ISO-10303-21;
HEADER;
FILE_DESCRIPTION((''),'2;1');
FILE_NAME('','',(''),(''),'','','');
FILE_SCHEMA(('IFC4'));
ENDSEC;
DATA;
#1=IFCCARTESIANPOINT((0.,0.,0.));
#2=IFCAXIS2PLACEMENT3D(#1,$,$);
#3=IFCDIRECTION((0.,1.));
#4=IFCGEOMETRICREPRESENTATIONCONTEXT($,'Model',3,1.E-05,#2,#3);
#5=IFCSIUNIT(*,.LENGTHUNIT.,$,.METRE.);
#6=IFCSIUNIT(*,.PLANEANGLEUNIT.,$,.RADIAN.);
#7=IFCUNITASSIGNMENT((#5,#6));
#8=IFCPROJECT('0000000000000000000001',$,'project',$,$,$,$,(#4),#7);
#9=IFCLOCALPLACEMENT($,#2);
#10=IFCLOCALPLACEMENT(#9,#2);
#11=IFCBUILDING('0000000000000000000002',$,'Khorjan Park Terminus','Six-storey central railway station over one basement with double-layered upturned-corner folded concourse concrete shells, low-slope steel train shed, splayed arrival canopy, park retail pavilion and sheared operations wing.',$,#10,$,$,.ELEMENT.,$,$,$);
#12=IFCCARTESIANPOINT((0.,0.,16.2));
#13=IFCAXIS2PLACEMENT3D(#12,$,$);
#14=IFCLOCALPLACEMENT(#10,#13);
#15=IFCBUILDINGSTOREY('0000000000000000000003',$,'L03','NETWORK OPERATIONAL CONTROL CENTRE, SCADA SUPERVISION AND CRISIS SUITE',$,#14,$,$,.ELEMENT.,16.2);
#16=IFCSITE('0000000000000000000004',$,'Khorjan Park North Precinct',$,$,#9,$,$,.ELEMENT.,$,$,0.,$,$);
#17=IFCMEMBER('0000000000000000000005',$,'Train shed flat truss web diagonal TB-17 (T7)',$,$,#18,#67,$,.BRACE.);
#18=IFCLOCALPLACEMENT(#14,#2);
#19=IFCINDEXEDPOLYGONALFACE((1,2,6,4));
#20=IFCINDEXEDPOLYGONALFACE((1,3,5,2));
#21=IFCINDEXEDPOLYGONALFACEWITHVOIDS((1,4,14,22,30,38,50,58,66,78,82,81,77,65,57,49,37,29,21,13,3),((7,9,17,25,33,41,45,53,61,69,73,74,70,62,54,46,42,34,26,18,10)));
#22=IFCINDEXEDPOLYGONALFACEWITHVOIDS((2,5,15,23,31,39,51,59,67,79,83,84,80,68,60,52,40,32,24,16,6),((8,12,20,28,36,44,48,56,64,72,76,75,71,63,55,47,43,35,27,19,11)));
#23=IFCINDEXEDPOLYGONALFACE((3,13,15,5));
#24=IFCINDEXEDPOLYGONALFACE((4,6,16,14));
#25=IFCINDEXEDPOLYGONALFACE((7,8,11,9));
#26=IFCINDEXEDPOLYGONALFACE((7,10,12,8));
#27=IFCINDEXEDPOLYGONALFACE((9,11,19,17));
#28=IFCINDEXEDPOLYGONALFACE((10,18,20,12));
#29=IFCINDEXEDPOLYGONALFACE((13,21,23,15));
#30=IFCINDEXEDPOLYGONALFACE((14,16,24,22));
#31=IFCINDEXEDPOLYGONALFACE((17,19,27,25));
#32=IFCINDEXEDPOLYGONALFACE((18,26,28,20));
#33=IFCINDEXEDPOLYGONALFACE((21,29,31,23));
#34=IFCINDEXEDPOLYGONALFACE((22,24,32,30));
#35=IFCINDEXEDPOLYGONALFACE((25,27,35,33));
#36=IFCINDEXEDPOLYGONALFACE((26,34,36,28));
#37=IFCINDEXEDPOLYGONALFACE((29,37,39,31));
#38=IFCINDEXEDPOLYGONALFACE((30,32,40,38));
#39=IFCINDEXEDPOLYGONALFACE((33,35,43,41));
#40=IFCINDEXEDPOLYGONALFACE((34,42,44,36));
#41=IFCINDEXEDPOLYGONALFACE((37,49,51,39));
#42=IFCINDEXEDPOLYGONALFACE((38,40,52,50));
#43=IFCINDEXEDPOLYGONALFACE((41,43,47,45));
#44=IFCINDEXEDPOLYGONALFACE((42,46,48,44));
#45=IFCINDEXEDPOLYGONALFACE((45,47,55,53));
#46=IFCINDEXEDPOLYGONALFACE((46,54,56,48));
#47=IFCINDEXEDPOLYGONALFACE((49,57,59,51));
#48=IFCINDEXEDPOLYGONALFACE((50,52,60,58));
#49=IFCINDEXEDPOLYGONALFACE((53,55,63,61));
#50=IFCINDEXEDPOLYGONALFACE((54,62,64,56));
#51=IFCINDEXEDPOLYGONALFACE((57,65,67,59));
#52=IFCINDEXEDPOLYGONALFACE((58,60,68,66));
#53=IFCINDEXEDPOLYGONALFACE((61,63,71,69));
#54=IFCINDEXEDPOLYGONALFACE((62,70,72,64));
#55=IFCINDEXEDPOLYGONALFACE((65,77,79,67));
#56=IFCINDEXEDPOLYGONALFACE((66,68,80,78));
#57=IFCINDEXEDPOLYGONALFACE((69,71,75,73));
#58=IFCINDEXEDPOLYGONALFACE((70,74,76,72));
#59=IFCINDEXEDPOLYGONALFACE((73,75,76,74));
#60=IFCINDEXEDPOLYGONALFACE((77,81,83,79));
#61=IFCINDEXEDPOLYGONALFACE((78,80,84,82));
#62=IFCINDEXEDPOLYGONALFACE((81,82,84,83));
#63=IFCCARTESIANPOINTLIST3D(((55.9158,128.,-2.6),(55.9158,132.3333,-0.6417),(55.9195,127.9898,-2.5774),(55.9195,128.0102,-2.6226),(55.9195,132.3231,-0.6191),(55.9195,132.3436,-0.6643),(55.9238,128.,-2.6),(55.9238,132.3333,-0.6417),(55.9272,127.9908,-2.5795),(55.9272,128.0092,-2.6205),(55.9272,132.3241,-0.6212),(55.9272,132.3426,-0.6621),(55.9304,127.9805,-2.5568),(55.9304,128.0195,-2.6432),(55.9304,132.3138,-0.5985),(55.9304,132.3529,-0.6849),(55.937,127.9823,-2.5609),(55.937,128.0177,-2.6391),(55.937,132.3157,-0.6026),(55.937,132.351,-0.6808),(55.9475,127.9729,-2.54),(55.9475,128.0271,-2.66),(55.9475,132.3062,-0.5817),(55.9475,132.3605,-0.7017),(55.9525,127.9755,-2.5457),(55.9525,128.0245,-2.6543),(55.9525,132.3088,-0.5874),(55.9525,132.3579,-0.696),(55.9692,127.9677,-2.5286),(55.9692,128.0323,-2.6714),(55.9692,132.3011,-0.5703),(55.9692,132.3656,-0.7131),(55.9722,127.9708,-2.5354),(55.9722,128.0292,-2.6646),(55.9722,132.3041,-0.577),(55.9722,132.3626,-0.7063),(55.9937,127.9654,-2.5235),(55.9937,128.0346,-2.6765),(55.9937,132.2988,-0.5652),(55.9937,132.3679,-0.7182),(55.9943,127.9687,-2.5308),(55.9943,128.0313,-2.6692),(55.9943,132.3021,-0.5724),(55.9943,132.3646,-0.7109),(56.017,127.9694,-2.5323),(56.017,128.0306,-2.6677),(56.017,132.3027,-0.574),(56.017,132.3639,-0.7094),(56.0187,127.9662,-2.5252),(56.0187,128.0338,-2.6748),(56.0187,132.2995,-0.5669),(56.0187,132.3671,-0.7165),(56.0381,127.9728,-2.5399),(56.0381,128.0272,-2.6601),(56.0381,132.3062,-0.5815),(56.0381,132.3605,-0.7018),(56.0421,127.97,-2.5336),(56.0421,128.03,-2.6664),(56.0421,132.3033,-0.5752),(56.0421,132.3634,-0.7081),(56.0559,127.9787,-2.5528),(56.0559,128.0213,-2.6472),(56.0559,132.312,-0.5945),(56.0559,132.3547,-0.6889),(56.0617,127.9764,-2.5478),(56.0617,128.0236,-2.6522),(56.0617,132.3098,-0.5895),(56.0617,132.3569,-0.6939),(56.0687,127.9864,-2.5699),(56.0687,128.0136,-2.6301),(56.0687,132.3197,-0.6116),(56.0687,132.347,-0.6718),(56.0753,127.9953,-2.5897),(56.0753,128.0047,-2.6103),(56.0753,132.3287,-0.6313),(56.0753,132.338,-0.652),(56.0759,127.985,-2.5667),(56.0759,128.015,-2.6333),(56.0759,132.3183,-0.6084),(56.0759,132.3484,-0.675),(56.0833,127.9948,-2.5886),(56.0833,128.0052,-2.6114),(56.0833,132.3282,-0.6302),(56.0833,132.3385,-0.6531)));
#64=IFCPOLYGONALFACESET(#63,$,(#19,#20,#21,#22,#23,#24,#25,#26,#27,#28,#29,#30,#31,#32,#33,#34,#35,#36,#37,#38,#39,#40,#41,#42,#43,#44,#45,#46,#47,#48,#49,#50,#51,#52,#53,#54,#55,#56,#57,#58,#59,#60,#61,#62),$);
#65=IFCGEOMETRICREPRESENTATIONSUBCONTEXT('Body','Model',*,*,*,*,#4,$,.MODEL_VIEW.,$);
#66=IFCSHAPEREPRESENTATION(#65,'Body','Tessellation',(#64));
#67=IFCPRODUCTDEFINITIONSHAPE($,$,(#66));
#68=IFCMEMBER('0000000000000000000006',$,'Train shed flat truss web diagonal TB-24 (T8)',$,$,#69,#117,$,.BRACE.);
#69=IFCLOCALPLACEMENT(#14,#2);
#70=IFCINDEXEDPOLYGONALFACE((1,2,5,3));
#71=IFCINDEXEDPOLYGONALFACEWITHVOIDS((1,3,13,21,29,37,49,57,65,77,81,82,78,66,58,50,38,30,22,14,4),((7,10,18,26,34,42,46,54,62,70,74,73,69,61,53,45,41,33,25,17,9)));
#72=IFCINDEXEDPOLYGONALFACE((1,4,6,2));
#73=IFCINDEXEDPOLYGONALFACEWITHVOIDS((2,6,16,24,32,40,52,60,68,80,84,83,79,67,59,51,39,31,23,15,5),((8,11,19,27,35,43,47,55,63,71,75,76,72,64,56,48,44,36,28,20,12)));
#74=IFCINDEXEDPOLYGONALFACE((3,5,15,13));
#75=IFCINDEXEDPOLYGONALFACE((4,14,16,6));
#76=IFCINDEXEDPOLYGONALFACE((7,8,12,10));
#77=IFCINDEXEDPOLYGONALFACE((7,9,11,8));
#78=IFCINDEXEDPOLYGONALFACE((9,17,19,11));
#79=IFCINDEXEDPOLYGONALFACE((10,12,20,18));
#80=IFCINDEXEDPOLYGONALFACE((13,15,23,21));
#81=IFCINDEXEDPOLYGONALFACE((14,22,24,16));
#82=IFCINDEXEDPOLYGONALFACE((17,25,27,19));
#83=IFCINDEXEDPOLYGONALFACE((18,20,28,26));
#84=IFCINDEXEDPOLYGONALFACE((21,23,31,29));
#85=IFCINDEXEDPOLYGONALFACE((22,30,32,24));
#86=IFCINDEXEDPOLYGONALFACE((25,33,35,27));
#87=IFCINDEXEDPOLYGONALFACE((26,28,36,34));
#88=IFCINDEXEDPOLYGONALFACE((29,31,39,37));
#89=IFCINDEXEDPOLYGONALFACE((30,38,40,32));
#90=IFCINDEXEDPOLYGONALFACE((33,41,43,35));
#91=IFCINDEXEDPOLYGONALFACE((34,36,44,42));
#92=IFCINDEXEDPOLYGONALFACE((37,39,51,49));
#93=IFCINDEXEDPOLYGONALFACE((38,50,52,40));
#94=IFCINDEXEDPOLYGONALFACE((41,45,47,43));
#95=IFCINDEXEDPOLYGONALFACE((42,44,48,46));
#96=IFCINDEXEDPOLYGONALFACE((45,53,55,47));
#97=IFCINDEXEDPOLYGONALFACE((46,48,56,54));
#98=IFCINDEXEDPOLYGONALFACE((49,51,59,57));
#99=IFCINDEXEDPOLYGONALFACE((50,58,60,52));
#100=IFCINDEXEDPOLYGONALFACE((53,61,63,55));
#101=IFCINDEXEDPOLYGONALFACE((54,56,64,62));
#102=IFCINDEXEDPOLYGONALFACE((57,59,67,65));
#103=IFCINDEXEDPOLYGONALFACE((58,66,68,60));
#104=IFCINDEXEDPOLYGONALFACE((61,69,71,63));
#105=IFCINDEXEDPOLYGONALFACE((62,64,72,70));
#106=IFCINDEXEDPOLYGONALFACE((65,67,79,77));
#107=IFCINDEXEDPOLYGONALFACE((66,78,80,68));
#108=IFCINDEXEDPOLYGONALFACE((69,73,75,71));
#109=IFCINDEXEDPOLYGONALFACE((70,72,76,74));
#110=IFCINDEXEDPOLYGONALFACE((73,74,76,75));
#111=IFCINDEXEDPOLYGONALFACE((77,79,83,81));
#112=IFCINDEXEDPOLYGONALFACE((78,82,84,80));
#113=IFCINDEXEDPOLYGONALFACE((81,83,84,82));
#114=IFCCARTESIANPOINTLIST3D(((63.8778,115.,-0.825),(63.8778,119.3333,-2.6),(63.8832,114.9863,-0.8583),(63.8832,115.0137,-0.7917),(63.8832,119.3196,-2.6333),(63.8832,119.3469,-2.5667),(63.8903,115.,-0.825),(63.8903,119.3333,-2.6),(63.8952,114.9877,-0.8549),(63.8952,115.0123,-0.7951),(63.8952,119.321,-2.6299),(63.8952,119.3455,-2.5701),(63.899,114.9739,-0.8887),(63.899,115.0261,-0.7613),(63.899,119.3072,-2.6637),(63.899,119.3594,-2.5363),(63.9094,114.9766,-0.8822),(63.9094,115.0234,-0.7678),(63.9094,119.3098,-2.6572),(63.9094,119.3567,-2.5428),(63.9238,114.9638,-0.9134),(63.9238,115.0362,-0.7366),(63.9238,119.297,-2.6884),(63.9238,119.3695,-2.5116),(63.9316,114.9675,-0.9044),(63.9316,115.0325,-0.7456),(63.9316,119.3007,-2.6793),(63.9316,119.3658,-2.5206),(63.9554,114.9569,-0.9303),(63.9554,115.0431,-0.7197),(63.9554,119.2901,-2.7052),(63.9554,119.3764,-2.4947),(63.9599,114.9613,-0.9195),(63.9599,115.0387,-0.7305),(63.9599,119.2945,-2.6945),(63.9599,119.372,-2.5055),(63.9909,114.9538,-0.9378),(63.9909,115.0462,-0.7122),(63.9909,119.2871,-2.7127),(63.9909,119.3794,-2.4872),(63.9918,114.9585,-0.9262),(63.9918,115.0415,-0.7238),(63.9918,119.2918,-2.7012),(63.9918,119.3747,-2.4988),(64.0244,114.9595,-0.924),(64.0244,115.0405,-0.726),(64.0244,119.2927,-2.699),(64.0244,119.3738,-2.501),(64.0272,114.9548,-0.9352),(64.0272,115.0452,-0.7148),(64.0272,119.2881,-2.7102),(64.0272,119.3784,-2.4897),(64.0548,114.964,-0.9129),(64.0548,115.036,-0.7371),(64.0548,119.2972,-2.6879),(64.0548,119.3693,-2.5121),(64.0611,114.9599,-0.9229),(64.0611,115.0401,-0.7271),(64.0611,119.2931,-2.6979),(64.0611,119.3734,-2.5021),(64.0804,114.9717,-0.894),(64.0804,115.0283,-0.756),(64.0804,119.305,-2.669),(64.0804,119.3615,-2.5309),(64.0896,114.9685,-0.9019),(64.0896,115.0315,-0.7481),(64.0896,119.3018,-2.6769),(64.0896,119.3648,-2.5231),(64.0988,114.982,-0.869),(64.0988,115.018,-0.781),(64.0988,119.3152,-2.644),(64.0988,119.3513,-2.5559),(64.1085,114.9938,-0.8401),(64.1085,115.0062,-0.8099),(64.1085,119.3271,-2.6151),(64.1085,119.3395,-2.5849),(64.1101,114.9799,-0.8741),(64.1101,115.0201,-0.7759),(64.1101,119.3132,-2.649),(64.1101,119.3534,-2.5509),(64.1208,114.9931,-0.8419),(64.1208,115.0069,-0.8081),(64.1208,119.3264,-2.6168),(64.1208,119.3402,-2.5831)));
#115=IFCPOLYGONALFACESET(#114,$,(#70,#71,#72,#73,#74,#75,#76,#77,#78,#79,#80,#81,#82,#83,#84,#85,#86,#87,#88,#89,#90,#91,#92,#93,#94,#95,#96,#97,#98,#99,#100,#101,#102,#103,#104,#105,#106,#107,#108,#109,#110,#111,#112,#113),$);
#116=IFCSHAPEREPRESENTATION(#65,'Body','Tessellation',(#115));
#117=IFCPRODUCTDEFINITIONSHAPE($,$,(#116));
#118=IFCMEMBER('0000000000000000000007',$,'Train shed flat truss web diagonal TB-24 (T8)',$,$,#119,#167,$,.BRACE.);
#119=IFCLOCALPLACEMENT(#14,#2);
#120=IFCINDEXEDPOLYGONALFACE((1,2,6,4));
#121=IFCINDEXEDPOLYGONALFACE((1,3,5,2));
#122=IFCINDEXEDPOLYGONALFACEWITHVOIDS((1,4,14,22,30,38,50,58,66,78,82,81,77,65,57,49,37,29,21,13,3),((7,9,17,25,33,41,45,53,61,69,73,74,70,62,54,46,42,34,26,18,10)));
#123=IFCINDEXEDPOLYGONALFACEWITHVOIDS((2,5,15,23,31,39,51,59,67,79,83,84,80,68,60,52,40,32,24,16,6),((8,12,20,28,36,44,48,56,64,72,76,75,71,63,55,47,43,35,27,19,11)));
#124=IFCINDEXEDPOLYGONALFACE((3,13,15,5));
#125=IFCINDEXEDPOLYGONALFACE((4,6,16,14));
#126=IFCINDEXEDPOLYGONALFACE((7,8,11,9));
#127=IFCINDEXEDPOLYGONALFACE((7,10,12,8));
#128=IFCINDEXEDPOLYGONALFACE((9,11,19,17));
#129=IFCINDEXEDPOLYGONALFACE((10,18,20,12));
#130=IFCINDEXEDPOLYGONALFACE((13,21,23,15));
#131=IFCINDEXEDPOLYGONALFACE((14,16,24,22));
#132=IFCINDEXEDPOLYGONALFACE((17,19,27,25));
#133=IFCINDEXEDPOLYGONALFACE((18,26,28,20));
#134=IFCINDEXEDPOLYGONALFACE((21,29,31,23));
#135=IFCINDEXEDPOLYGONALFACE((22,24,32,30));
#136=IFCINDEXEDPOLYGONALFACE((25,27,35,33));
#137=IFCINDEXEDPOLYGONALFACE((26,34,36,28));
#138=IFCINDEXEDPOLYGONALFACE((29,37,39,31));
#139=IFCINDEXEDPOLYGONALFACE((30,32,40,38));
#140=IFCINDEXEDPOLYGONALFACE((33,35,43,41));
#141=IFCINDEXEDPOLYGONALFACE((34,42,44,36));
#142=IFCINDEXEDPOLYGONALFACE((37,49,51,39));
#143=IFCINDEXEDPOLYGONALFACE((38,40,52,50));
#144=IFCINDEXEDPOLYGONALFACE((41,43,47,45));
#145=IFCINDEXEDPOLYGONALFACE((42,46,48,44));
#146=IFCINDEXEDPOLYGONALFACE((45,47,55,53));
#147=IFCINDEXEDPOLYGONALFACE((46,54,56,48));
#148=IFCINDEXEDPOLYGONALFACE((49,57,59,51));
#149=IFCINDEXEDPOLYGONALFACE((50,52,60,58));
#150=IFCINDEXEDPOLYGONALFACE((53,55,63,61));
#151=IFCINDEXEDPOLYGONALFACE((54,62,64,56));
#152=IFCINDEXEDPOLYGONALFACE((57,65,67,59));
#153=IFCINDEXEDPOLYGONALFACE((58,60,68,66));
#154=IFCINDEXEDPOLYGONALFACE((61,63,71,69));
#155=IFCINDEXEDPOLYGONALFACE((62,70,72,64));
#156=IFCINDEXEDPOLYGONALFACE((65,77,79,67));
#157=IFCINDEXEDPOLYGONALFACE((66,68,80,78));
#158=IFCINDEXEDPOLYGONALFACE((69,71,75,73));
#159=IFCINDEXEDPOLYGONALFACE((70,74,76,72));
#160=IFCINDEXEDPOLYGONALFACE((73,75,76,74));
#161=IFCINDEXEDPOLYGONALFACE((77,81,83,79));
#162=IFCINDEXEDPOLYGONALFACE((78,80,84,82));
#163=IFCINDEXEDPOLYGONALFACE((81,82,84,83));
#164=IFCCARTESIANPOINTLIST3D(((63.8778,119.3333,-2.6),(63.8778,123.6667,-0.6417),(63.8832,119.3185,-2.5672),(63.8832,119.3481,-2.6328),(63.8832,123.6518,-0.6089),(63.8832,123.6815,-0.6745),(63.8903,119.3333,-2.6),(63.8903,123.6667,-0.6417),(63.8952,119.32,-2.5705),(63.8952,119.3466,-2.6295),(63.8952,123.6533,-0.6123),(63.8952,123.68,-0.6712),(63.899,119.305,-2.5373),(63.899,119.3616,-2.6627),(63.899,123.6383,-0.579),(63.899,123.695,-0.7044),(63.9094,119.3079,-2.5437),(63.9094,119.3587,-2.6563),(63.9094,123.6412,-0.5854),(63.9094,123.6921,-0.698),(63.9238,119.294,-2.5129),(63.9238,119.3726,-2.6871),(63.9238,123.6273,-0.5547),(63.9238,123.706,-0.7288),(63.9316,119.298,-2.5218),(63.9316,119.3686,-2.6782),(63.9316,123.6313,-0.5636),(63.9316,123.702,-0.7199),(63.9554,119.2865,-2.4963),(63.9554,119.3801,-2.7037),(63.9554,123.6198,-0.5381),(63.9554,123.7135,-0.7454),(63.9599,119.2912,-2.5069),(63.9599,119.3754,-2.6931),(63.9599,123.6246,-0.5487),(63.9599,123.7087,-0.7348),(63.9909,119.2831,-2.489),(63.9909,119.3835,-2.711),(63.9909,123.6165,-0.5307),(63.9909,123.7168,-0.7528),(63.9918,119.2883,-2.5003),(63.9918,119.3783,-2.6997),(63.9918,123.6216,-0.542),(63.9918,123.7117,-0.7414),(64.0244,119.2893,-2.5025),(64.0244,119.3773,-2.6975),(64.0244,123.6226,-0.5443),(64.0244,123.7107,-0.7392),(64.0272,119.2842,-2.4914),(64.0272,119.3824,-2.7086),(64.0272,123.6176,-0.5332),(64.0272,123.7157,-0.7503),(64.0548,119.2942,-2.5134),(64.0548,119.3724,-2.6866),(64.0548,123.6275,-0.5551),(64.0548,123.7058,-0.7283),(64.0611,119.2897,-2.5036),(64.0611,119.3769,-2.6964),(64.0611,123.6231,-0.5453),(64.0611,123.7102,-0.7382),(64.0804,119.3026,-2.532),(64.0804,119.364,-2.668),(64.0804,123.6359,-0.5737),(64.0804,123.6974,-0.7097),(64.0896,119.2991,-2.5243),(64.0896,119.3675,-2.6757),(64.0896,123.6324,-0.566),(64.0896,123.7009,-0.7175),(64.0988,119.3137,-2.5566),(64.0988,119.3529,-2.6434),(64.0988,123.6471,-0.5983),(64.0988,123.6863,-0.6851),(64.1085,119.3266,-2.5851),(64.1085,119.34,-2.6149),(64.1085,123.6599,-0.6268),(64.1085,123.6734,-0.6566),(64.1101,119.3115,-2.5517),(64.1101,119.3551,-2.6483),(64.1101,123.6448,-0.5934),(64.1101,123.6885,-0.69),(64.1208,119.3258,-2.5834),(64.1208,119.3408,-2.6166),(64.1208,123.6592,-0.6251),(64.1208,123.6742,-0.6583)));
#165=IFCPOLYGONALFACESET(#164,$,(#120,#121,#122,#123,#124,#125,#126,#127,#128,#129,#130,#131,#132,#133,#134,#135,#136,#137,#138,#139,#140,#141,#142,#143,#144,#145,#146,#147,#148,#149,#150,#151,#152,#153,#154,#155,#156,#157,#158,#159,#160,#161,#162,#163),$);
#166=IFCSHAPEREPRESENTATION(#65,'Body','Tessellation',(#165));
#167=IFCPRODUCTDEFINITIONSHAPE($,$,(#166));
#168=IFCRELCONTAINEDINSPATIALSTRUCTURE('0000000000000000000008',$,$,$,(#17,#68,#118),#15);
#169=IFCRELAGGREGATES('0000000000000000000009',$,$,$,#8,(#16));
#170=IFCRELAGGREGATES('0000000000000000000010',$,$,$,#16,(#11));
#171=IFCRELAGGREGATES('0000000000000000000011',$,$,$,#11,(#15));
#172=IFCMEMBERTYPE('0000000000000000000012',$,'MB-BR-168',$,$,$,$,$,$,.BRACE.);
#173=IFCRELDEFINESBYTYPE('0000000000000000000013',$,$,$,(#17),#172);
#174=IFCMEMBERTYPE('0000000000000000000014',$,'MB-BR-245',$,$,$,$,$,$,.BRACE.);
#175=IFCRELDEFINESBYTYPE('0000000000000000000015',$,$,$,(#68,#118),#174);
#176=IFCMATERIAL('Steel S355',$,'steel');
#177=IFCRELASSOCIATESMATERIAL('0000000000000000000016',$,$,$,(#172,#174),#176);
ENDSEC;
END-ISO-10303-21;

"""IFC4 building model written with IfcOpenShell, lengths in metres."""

from ifc_helpers import new_model, si_unit, direction, frame, origin, origin_2d, place, context, subcontext, project, spatial, hollow_circle, extrude, material, material_profile, profile_set, type_object, element, save


model = new_model("IFC4")

# Units and contexts
model_context = context("Model", 3, precision=1e-05, world=origin(), true_north=direction((0.0, 1.0)))
body_context = subcontext(model_context, "Body", "Model", "MODEL_VIEW")
ifc_project = project(units=[si_unit("LENGTHUNIT", "METRE"), si_unit("PLANEANGLEUNIT", "RADIAN")], contexts=[model_context])

# Site, building, storey
site_placement = place(None, origin())
site = spatial("IfcSite", under=ifc_project, at=site_placement, Name="Khorjan Park North Precinct", CompositionType="ELEMENT", RefElevation=0.0)
building_placement = place(site_placement, origin())
building = spatial("IfcBuilding", under=site, at=building_placement, Name="Khorjan Park Terminus", Description="Six-storey central railway station over one basement with double-layered upturned-corner folded concourse concrete shells, low-slope steel train shed, splayed arrival canopy, park retail pavilion and sheared operations wing.", CompositionType="ELEMENT")
storey_placement = place(building_placement, frame((0.0, 0.0, 16.2)))
storey = spatial("IfcBuildingStorey", under=building, at=storey_placement, Name="L03", Description="NETWORK OPERATIONAL CONTROL CENTRE, SCADA SUPERVISION AND CRISIS SUITE", CompositionType="ELEMENT", Elevation=16.2)

# Members
ifc_material = material(Name="Steel S355", Category="steel")
ifc_material_profile_1 = material_profile(ifc_material, hollow_circle(Radius=0.0842, WallThickness=0.008, at=origin_2d()), Name="CHS 168.3x8")
ifc_profile_set_1 = profile_set([ifc_material_profile_1], Name="Steel S355")
member_type_1 = type_object("IfcMemberType", Name="MB-BR-168", PredefinedType="BRACE", material=ifc_profile_set_1)
member_1_placement = place(storey_placement, frame((56.0, 128.0, -2.6), z_axis=(0.0, 0.911266, 0.411818), x_axis=(-1.0, 0.0, 0.0)))
element("IfcMember", 1, at=member_1_placement, inside=storey, type_object=member_type_1, Name="Train shed flat truss web diagonal TB-17 (T7)", PredefinedType="BRACE", context=body_context, shape_type="SweptSolid", body=[
    extrude(hollow_circle(Radius=0.0842, WallThickness=0.008, at=origin_2d()), origin(), (0.0, 0.0, 1.0), 4.7553),
])
ifc_material_profile_2 = material_profile(ifc_material, hollow_circle(Radius=0.1222, WallThickness=0.0125, at=origin_2d()), Name="CHS 244.5x12.5")
ifc_profile_set_2 = profile_set([ifc_material_profile_2], Name="Steel S355")
member_type_2 = type_object("IfcMemberType", Name="MB-BR-245", PredefinedType="BRACE", material=ifc_profile_set_2)
member_2_placement = place(storey_placement, frame((64.0, 115.0, -0.825), z_axis=(0.0, 0.925376, -0.379051), x_axis=(-1.0, 0.0, 0.0)))
element("IfcMember", 2, at=member_2_placement, inside=storey, type_object=member_type_2, Name="Train shed flat truss web diagonal TB-24 (T8)", PredefinedType="BRACE", context=body_context, shape_type="SweptSolid", body=[
    extrude(hollow_circle(Radius=0.1222, WallThickness=0.0125, at=origin_2d()), origin(), (0.0, 0.0, 1.0), 4.6827),
])
for number, where, z_axis, x_axis, name in (
    (3, (64.0, 119.3333, -2.6), (0.0, 0.91127, 0.41181), (-1.0, 0.0, 0.0), "Train shed flat truss web diagonal TB-24 (T8)"),
):
    element("IfcMember", number, at=place(storey_placement, frame(where, z_axis=z_axis, x_axis=x_axis)), inside=storey, type_object=member_type_2, Name=name, PredefinedType="BRACE", context=body_context, shape_type="SweptSolid", body=[
        extrude(hollow_circle(Radius=0.1222, WallThickness=0.0125, at=origin_2d()), origin(), (0.0, 0.0, 1.0), 4.7553),
    ])

save(model, "model.ifc")
